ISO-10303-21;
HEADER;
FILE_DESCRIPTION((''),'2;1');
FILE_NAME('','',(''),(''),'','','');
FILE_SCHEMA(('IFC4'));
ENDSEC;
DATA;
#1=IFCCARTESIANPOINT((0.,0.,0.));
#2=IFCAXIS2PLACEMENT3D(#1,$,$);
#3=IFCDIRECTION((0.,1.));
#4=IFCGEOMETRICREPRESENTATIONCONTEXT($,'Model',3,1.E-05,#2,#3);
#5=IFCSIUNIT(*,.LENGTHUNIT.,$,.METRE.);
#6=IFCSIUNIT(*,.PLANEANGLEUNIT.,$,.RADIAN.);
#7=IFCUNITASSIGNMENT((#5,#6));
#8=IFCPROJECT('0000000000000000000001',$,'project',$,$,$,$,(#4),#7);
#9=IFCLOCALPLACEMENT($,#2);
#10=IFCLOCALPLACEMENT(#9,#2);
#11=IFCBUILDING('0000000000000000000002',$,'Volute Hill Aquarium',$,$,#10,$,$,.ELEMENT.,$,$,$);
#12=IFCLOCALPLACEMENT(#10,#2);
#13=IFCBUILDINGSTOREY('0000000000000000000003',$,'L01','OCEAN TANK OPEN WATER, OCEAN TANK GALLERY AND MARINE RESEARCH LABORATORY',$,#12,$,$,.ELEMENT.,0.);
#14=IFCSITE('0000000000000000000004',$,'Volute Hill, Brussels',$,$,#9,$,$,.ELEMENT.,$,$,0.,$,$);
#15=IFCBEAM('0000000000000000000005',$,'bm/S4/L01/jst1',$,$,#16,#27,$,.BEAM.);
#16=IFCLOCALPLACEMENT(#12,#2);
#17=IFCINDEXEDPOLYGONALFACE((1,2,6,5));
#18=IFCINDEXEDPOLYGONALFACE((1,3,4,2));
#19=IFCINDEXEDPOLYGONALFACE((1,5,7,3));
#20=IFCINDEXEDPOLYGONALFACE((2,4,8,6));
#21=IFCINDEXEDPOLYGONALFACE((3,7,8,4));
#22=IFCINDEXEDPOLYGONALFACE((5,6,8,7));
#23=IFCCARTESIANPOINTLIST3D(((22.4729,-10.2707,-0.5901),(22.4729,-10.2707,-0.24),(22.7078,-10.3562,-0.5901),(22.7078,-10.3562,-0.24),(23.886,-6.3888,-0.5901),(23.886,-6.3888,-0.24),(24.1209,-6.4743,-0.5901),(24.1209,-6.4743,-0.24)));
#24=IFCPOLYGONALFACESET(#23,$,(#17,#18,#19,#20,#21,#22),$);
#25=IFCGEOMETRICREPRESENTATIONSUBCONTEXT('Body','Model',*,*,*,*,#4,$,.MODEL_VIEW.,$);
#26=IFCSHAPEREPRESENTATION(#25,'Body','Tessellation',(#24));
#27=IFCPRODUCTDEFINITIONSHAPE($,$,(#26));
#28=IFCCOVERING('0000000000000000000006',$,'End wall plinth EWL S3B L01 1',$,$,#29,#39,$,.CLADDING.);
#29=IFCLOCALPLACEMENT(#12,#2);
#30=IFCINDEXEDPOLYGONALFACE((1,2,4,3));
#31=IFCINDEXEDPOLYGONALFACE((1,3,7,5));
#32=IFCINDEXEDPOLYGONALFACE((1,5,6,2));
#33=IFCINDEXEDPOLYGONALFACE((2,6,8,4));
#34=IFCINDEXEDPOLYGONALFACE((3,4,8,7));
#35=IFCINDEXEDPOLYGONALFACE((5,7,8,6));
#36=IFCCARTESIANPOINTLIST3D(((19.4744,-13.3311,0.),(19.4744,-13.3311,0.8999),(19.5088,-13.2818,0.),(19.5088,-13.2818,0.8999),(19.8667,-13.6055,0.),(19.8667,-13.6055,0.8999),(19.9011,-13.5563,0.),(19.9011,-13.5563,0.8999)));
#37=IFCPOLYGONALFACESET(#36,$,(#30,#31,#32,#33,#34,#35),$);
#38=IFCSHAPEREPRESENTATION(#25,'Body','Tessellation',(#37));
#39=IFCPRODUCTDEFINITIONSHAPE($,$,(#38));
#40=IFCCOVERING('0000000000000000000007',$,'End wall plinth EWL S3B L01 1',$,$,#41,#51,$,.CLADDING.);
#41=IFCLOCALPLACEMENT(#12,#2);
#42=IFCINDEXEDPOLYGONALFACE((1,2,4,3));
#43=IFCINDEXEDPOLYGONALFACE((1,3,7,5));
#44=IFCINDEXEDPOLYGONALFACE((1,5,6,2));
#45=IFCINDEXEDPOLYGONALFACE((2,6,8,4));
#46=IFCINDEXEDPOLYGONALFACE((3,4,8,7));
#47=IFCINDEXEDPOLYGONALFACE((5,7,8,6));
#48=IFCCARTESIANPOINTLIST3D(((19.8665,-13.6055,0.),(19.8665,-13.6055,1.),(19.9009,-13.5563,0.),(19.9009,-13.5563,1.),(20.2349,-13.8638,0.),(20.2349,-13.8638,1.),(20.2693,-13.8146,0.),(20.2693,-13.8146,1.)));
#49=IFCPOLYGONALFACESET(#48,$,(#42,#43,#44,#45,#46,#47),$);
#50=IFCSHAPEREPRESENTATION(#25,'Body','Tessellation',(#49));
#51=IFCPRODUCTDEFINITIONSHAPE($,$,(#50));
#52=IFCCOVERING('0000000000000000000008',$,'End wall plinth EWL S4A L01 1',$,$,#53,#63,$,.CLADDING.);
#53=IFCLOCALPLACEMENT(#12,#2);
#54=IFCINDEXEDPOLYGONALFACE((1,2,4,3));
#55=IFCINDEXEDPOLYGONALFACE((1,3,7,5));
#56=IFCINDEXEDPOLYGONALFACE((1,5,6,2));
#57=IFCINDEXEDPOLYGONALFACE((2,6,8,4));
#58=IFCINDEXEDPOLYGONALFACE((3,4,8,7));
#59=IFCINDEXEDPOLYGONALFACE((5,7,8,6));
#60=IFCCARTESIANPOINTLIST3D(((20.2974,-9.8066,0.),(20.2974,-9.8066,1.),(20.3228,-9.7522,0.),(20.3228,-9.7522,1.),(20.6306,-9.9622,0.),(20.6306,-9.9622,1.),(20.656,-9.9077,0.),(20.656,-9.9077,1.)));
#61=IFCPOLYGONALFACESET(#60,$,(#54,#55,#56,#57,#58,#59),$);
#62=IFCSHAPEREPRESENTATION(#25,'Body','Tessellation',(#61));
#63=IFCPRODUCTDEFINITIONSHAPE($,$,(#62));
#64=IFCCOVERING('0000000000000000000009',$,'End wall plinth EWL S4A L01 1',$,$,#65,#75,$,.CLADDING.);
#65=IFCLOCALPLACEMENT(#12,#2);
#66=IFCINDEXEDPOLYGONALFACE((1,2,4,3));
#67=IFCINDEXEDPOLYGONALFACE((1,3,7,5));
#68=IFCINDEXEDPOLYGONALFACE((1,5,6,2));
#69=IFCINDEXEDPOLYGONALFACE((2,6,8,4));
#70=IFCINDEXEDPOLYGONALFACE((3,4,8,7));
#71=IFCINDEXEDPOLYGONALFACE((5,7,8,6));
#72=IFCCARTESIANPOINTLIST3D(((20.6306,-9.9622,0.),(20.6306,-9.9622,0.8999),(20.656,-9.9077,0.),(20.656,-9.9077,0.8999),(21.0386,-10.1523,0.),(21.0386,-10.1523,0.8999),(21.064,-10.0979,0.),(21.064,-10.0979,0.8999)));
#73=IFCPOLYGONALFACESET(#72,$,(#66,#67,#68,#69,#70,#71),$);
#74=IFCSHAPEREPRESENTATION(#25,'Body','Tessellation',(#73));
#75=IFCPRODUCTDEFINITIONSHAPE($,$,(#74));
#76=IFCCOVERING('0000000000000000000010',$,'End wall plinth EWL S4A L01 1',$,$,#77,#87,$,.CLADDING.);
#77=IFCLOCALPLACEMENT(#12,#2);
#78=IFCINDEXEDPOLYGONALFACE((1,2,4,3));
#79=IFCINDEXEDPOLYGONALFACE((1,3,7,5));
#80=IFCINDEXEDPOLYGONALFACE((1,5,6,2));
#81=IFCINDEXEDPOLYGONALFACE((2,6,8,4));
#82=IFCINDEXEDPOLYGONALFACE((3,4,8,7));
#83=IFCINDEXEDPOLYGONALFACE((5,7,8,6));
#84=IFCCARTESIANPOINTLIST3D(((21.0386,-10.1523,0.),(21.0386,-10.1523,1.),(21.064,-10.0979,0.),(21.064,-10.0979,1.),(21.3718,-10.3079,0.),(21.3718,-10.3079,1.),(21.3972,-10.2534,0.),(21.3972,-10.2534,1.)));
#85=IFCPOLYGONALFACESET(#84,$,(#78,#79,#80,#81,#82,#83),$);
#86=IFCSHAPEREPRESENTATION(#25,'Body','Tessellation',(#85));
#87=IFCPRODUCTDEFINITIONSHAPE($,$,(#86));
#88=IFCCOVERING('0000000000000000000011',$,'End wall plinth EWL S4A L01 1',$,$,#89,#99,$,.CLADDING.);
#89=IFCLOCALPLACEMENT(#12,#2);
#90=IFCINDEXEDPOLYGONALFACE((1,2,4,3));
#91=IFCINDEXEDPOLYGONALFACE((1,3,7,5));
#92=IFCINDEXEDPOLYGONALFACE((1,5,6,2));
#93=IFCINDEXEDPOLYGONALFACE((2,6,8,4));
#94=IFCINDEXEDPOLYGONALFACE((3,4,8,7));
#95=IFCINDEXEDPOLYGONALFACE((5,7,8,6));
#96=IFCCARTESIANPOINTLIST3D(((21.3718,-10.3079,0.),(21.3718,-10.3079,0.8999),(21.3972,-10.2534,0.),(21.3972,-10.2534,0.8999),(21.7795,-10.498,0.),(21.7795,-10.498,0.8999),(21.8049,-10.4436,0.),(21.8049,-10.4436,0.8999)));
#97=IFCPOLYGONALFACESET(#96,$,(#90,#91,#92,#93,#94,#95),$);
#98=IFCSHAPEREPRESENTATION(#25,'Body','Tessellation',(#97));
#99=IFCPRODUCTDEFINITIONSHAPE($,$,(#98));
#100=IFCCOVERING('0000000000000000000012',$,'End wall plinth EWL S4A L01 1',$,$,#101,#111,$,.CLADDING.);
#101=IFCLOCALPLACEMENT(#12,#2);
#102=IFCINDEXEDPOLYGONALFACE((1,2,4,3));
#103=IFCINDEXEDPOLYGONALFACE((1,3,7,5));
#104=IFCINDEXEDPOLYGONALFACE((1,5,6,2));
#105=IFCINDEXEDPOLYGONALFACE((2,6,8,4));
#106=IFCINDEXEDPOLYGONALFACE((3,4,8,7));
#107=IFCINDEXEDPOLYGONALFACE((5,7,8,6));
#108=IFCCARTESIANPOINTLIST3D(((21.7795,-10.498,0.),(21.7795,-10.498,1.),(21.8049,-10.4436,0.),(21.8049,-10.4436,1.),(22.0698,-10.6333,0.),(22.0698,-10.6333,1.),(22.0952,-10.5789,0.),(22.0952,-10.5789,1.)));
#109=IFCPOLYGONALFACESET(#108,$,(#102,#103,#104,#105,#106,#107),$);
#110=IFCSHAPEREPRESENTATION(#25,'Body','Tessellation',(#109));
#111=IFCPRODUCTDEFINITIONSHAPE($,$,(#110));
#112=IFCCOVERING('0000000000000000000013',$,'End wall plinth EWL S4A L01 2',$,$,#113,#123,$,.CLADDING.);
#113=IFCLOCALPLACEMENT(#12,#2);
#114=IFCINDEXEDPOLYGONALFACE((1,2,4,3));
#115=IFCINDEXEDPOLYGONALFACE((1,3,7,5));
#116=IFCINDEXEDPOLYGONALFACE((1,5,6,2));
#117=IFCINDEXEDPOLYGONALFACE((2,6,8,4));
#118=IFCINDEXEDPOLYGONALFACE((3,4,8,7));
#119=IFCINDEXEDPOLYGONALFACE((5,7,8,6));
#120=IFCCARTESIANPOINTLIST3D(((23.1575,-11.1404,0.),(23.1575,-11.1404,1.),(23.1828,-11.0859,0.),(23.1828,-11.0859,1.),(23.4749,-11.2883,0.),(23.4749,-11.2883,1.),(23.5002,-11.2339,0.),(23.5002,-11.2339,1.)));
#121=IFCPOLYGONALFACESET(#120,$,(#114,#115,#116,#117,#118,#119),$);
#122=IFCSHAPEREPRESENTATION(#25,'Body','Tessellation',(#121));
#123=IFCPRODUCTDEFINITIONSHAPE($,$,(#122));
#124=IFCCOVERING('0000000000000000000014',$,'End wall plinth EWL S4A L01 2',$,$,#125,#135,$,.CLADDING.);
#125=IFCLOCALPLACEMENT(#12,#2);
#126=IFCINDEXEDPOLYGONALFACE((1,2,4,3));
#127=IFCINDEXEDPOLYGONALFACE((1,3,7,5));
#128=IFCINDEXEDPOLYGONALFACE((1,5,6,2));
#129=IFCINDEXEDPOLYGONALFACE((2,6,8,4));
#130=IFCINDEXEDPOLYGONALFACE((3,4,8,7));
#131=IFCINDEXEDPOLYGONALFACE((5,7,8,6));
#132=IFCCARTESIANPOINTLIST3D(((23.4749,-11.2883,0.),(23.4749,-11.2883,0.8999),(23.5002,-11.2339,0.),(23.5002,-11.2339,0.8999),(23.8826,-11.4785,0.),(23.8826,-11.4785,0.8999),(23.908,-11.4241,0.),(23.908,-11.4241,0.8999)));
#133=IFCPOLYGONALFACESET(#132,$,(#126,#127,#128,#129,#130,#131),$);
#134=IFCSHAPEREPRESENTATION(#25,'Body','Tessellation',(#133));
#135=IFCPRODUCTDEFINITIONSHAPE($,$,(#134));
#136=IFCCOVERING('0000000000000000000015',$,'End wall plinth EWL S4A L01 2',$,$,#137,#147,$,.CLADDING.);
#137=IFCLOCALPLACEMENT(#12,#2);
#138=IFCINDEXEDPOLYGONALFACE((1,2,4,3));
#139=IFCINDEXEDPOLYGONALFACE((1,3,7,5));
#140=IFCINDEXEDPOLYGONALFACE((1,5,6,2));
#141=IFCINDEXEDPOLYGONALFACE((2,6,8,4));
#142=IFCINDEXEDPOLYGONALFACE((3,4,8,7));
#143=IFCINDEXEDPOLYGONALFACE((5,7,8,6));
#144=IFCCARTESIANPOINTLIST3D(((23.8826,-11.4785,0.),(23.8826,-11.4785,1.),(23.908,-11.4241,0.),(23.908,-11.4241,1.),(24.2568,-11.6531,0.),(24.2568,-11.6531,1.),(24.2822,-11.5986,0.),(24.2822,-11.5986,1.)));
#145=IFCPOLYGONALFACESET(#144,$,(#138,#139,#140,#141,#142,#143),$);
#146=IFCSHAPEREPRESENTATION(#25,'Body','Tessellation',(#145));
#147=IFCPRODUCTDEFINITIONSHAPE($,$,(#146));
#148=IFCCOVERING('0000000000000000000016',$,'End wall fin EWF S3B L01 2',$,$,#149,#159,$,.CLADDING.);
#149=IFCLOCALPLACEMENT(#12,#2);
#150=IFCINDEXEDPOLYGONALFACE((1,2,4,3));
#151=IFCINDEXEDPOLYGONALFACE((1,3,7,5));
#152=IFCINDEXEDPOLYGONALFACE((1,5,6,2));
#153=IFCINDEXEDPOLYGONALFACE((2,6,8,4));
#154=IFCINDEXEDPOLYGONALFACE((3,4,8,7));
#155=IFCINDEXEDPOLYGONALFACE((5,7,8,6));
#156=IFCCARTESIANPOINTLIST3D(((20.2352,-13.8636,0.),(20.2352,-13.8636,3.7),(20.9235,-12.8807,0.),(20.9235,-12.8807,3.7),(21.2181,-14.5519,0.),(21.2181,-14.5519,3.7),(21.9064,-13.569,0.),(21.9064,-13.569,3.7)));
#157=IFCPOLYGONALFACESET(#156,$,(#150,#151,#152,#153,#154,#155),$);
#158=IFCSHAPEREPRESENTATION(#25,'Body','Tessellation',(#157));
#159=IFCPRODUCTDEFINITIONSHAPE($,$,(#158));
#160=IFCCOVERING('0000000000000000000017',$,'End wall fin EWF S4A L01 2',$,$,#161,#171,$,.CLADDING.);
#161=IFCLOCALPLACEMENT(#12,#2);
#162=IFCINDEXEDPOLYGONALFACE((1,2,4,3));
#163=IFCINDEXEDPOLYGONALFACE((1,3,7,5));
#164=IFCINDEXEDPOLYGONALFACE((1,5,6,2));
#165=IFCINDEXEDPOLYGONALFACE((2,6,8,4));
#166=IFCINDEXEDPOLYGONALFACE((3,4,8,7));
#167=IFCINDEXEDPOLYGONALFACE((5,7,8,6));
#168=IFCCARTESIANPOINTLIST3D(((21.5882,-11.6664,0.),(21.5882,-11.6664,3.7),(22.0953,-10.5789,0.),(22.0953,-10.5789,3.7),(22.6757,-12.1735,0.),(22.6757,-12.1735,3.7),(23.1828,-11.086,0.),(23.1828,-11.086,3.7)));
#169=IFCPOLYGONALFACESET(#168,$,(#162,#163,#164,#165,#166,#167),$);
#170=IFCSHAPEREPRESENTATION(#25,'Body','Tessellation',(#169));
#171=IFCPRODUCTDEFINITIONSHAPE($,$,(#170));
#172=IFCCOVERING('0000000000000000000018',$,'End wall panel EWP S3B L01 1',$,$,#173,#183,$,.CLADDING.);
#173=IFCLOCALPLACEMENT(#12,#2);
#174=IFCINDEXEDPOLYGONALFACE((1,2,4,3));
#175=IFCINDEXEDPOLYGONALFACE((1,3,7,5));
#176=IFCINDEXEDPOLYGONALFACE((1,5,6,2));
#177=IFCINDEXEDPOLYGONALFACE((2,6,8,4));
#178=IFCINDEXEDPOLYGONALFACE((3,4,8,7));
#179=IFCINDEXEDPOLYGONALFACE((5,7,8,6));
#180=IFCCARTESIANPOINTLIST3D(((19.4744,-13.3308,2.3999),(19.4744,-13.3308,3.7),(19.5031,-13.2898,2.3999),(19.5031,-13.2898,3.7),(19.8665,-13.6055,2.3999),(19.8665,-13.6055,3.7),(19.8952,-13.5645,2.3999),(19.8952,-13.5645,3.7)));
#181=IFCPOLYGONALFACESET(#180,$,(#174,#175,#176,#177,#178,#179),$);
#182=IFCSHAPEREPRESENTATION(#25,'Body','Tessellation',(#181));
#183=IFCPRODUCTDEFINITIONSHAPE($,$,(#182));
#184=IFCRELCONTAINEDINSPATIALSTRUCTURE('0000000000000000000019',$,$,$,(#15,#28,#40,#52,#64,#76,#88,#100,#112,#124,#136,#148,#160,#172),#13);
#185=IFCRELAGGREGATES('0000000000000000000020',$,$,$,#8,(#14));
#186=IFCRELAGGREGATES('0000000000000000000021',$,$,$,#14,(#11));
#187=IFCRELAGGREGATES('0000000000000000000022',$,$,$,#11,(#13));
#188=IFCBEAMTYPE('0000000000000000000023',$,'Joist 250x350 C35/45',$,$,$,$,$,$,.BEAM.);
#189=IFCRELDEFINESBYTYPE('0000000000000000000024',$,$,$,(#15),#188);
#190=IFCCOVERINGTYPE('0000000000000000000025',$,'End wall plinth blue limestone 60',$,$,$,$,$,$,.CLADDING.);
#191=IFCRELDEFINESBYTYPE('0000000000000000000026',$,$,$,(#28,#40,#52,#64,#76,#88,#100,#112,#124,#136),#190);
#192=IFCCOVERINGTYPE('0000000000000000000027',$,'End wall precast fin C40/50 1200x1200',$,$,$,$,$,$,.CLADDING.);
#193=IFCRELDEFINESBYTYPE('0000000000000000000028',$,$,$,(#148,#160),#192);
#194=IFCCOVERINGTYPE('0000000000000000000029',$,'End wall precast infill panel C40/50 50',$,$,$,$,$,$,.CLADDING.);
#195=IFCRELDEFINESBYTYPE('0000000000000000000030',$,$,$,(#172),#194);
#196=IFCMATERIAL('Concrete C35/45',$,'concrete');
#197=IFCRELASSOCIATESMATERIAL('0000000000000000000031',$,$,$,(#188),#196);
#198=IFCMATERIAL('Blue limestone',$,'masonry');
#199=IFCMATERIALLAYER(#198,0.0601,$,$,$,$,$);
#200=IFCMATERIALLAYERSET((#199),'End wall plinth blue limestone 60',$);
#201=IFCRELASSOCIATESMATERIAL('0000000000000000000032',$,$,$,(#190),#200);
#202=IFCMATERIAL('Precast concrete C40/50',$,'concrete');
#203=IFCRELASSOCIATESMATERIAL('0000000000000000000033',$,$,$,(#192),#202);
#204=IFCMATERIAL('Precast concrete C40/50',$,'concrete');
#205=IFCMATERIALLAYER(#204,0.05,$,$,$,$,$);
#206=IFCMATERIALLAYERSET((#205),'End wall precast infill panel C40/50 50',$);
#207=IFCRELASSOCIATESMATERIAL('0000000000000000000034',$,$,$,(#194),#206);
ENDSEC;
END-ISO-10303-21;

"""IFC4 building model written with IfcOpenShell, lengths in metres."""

from ifc_helpers import new_model, si_unit, direction, frame, origin, origin_2d, place, context, subcontext, project, spatial, polyline, rectangle, outline, extrude, material, layer, layer_set, material_profile, profile_set, type_object, element, save


model = new_model("IFC4")

# Units and contexts
model_context = context("Model", 3, precision=1e-05, world=origin(), true_north=direction((0.0, 1.0)))
body_context = subcontext(model_context, "Body", "Model", "MODEL_VIEW")
ifc_project = project(units=[si_unit("LENGTHUNIT", "METRE"), si_unit("PLANEANGLEUNIT", "RADIAN")], contexts=[model_context])

# Site, building, storey
site_placement = place(None, origin())
site = spatial("IfcSite", under=ifc_project, at=site_placement, Name="Volute Hill, Brussels", CompositionType="ELEMENT", RefElevation=0.0)
building_placement = place(site_placement, origin())
building = spatial("IfcBuilding", under=site, at=building_placement, Name="Volute Hill Aquarium", CompositionType="ELEMENT")
storey_placement = place(building_placement, origin())
storey = spatial("IfcBuildingStorey", under=building, at=storey_placement, Name="L01", Description="OCEAN TANK OPEN WATER, OCEAN TANK GALLERY AND MARINE RESEARCH LABORATORY", CompositionType="ELEMENT", Elevation=0.0)

# Beam
ifc_material_1 = material(Name="Concrete C35/45", Category="concrete")
ifc_material_profile = material_profile(ifc_material_1, rectangle(XDim=0.25, YDim=0.3501, at=origin_2d()), Name="RC joist 250x350")
ifc_profile_set = profile_set([ifc_material_profile], Name="Concrete C35/45")
beam_type = type_object("IfcBeamType", Name="Joist 250x350 C35/45", PredefinedType="BEAM", material=ifc_profile_set)
beam_placement = place(storey_placement, frame((22.5903, -10.3135, -0.415), z_axis=(0.342066, 0.939676, 0.0), x_axis=(-0.939676, 0.342066, 0.0)))
element("IfcBeam", 1, at=beam_placement, inside=storey, type_object=beam_type, Name="bm/S4/L01/jst1", PredefinedType="BEAM", context=body_context, shape_type="SweptSolid", body=[
    extrude(rectangle(XDim=0.25, YDim=0.3501, at=origin_2d()), origin(), (0.0, 0.0, 1.0), 4.1311),
])

# Coverings
ifc_material_2 = material(Name="Blue limestone", Category="masonry")
ifc_layer_1 = layer(ifc_material_2, 0.0601)
ifc_layer_set_1 = layer_set([ifc_layer_1], Name="End wall plinth blue limestone 60")
covering_type_1 = type_object("IfcCoveringType", Name="End wall plinth blue limestone 60", PredefinedType="CLADDING", material=ifc_layer_set_1)
covering_1_placement = place(storey_placement, frame((19.4744, -13.3311, 0.0), z_axis=(-0.573154, -0.819447, 0.0), x_axis=(0.819447, -0.573154, 0.0)))
element("IfcCovering", 2, at=covering_1_placement, inside=storey, type_object=covering_type_1, Name="End wall plinth EWL S3B L01 1", PredefinedType="CLADDING", context=body_context, shape_type="SweptSolid", body=[
    extrude(outline(polyline([(0.0, 0.0), (0.4788, 0.0), (0.4788, 0.8999), (0.0, 0.8999), (0.0, 0.0)])), origin(), (0.0, 0.0, -1.0), 0.0601),
])
covering_2_placement = place(storey_placement, frame((19.8665, -13.6055, 0.0), z_axis=(-0.574081, -0.818798, 0.0), x_axis=(0.818798, -0.574081, 0.0)))
element("IfcCovering", 3, at=covering_2_placement, inside=storey, type_object=covering_type_1, Name="End wall plinth EWL S3B L01 1", PredefinedType="CLADDING", context=body_context, shape_type="SweptSolid", body=[
    extrude(outline(polyline([(0.0, 0.0), (0.4499, 0.0), (0.4499, 1.0), (0.0, 1.0), (0.0, 0.0)])), origin(), (0.0, 0.0, -1.0), 0.0601),
])
covering_3_placement = place(storey_placement, frame((20.2974, -9.8066, 0.0), z_axis=(-0.422885, -0.906183, 0.0), x_axis=(0.906183, -0.422885, 0.0)))
element("IfcCovering", 4, at=covering_3_placement, inside=storey, type_object=covering_type_1, Name="End wall plinth EWL S4A L01 1", PredefinedType="CLADDING", context=body_context, shape_type="SweptSolid", body=[
    extrude(outline(polyline([(0.0, 0.0), (0.3678, 0.0), (0.3678, 1.0), (0.0, 1.0), (0.0, 0.0)])), origin(), (0.0, 0.0, -1.0), 0.0601),
])
covering_4_placement = place(storey_placement, frame((20.6306, -9.9622, 0.0), z_axis=(-0.422529, -0.906349, 0.0), x_axis=(0.906349, -0.422529, 0.0)))
element("IfcCovering", 5, at=covering_4_placement, inside=storey, type_object=covering_type_1, Name="End wall plinth EWL S4A L01 1", PredefinedType="CLADDING", context=body_context, shape_type="SweptSolid", body=[
    extrude(outline(polyline([(0.0, 0.0), (0.4501, 0.0), (0.4501, 0.8999), (0.0, 0.8999), (0.0, 0.0)])), origin(), (0.0, 0.0, -1.0), 0.0601),
])
covering_5_placement = place(storey_placement, frame((21.0386, -10.1523, 0.0), z_axis=(-0.422885, -0.906183, 0.0), x_axis=(0.906183, -0.422885, 0.0)))
element("IfcCovering", 6, at=covering_5_placement, inside=storey, type_object=covering_type_1, Name="End wall plinth EWL S4A L01 1", PredefinedType="CLADDING", context=body_context, shape_type="SweptSolid", body=[
    extrude(outline(polyline([(0.0, 0.0), (0.3678, 0.0), (0.3678, 1.0), (0.0, 1.0), (0.0, 0.0)])), origin(), (0.0, 0.0, -1.0), 0.0601),
])
covering_6_placement = place(storey_placement, frame((21.3718, -10.3079, 0.0), z_axis=(-0.422737, -0.906252, 0.0), x_axis=(0.906252, -0.422737, 0.0)))
element("IfcCovering", 7, at=covering_6_placement, inside=storey, type_object=covering_type_1, Name="End wall plinth EWL S4A L01 1", PredefinedType="CLADDING", context=body_context, shape_type="SweptSolid", body=[
    extrude(outline(polyline([(0.0, 0.0), (0.4499, 0.0), (0.4499, 0.8999), (0.0, 0.8999), (0.0, 0.0)])), origin(), (0.0, 0.0, -1.0), 0.0601),
])
covering_7_placement = place(storey_placement, frame((21.7795, -10.498, 0.0), z_axis=(-0.422343, -0.906436, 0.0), x_axis=(0.906436, -0.422343, 0.0)))
element("IfcCovering", 8, at=covering_7_placement, inside=storey, type_object=covering_type_1, Name="End wall plinth EWL S4A L01 1", PredefinedType="CLADDING", context=body_context, shape_type="SweptSolid", body=[
    extrude(outline(polyline([(0.0, 0.0), (0.3202, 0.0), (0.3202, 1.0), (0.0, 1.0), (0.0, 0.0)])), origin(), (0.0, 0.0, -1.0), 0.0601),
])
covering_8_placement = place(storey_placement, frame((23.1575, -11.1404, 0.0), z_axis=(-0.422504, -0.906361, 0.0), x_axis=(0.906361, -0.422504, 0.0)))
element("IfcCovering", 9, at=covering_8_placement, inside=storey, type_object=covering_type_1, Name="End wall plinth EWL S4A L01 2", PredefinedType="CLADDING", context=body_context, shape_type="SweptSolid", body=[
    extrude(outline(polyline([(0.0, 0.0), (0.3502, 0.0), (0.3502, 1.0), (0.0, 1.0), (0.0, 0.0)])), origin(), (0.0, 0.0, -1.0), 0.0601),
])
covering_9_placement = place(storey_placement, frame((23.4749, -11.2883, 0.0), z_axis=(-0.422737, -0.906252, 0.0), x_axis=(0.906252, -0.422737, 0.0)))
element("IfcCovering", 10, at=covering_9_placement, inside=storey, type_object=covering_type_1, Name="End wall plinth EWL S4A L01 2", PredefinedType="CLADDING", context=body_context, shape_type="SweptSolid", body=[
    extrude(outline(polyline([(0.0, 0.0), (0.4499, 0.0), (0.4499, 0.8999), (0.0, 0.8999), (0.0, 0.0)])), origin(), (0.0, 0.0, -1.0), 0.0601),
])
covering_10_placement = place(storey_placement, frame((23.8826, -11.4785, 0.0), z_axis=(-0.422691, -0.906274, 0.0), x_axis=(0.906274, -0.422691, 0.0)))
element("IfcCovering", 11, at=covering_10_placement, inside=storey, type_object=covering_type_1, Name="End wall plinth EWL S4A L01 2", PredefinedType="CLADDING", context=body_context, shape_type="SweptSolid", body=[
    extrude(outline(polyline([(0.0, 0.0), (0.413, 0.0), (0.413, 1.0), (0.0, 1.0), (0.0, 0.0)])), origin(), (0.0, 0.0, -1.0), 0.0601),
])
ifc_material_3 = material(Name="Precast concrete C40/50", Category="concrete")
covering_type_2 = type_object("IfcCoveringType", Name="End wall precast fin C40/50 1200x1200", PredefinedType="CLADDING", material=ifc_material_3)
for number, where, z_axis, x_axis, name in (
    (12, (21.0708, -13.7163, 0.0), (0.0, 0.0, 1.0), (0.819151, -0.573578, 0.0), "End wall fin EWF S3B L01 2"),
    (13, (22.3855, -11.3762, 0.0), (0.0, 0.0, 1.0), (0.906307, -0.42262, 0.0), "End wall fin EWF S4A L01 2"),
):
    element("IfcCovering", number, at=place(storey_placement, frame(where, z_axis=z_axis, x_axis=x_axis)), inside=storey, type_object=covering_type_2, Name=name, PredefinedType="CLADDING", context=body_context, shape_type="SweptSolid", body=[
        extrude(rectangle(XDim=1.2, YDim=1.2, at=origin_2d()), origin(), (0.0, 0.0, 1.0), 3.7),
    ])
ifc_material_4 = material(Name="Precast concrete C40/50", Category="concrete")
ifc_layer_2 = layer(ifc_material_4, 0.05)
ifc_layer_set_2 = layer_set([ifc_layer_2], Name="End wall precast infill panel C40/50 50")
covering_type_3 = type_object("IfcCoveringType", Name="End wall precast infill panel C40/50 50", PredefinedType="CLADDING", material=ifc_layer_set_2)
covering_11_placement = place(storey_placement, frame((19.4744, -13.3308, 2.3999), z_axis=(-0.573736, -0.81904, 0.0), x_axis=(0.81904, -0.573736, 0.0)))
element("IfcCovering", 14, at=covering_11_placement, inside=storey, type_object=covering_type_3, Name="End wall panel EWP S3B L01 1", PredefinedType="CLADDING", context=body_context, shape_type="SweptSolid", body=[
    extrude(outline(polyline([(0.0, 0.0), (0.4787, 0.0), (0.4787, 1.3), (0.0, 1.3), (0.0, 0.0)])), origin(), (0.0, 0.0, -1.0), 0.05),
])

save(model, "model.ifc")
